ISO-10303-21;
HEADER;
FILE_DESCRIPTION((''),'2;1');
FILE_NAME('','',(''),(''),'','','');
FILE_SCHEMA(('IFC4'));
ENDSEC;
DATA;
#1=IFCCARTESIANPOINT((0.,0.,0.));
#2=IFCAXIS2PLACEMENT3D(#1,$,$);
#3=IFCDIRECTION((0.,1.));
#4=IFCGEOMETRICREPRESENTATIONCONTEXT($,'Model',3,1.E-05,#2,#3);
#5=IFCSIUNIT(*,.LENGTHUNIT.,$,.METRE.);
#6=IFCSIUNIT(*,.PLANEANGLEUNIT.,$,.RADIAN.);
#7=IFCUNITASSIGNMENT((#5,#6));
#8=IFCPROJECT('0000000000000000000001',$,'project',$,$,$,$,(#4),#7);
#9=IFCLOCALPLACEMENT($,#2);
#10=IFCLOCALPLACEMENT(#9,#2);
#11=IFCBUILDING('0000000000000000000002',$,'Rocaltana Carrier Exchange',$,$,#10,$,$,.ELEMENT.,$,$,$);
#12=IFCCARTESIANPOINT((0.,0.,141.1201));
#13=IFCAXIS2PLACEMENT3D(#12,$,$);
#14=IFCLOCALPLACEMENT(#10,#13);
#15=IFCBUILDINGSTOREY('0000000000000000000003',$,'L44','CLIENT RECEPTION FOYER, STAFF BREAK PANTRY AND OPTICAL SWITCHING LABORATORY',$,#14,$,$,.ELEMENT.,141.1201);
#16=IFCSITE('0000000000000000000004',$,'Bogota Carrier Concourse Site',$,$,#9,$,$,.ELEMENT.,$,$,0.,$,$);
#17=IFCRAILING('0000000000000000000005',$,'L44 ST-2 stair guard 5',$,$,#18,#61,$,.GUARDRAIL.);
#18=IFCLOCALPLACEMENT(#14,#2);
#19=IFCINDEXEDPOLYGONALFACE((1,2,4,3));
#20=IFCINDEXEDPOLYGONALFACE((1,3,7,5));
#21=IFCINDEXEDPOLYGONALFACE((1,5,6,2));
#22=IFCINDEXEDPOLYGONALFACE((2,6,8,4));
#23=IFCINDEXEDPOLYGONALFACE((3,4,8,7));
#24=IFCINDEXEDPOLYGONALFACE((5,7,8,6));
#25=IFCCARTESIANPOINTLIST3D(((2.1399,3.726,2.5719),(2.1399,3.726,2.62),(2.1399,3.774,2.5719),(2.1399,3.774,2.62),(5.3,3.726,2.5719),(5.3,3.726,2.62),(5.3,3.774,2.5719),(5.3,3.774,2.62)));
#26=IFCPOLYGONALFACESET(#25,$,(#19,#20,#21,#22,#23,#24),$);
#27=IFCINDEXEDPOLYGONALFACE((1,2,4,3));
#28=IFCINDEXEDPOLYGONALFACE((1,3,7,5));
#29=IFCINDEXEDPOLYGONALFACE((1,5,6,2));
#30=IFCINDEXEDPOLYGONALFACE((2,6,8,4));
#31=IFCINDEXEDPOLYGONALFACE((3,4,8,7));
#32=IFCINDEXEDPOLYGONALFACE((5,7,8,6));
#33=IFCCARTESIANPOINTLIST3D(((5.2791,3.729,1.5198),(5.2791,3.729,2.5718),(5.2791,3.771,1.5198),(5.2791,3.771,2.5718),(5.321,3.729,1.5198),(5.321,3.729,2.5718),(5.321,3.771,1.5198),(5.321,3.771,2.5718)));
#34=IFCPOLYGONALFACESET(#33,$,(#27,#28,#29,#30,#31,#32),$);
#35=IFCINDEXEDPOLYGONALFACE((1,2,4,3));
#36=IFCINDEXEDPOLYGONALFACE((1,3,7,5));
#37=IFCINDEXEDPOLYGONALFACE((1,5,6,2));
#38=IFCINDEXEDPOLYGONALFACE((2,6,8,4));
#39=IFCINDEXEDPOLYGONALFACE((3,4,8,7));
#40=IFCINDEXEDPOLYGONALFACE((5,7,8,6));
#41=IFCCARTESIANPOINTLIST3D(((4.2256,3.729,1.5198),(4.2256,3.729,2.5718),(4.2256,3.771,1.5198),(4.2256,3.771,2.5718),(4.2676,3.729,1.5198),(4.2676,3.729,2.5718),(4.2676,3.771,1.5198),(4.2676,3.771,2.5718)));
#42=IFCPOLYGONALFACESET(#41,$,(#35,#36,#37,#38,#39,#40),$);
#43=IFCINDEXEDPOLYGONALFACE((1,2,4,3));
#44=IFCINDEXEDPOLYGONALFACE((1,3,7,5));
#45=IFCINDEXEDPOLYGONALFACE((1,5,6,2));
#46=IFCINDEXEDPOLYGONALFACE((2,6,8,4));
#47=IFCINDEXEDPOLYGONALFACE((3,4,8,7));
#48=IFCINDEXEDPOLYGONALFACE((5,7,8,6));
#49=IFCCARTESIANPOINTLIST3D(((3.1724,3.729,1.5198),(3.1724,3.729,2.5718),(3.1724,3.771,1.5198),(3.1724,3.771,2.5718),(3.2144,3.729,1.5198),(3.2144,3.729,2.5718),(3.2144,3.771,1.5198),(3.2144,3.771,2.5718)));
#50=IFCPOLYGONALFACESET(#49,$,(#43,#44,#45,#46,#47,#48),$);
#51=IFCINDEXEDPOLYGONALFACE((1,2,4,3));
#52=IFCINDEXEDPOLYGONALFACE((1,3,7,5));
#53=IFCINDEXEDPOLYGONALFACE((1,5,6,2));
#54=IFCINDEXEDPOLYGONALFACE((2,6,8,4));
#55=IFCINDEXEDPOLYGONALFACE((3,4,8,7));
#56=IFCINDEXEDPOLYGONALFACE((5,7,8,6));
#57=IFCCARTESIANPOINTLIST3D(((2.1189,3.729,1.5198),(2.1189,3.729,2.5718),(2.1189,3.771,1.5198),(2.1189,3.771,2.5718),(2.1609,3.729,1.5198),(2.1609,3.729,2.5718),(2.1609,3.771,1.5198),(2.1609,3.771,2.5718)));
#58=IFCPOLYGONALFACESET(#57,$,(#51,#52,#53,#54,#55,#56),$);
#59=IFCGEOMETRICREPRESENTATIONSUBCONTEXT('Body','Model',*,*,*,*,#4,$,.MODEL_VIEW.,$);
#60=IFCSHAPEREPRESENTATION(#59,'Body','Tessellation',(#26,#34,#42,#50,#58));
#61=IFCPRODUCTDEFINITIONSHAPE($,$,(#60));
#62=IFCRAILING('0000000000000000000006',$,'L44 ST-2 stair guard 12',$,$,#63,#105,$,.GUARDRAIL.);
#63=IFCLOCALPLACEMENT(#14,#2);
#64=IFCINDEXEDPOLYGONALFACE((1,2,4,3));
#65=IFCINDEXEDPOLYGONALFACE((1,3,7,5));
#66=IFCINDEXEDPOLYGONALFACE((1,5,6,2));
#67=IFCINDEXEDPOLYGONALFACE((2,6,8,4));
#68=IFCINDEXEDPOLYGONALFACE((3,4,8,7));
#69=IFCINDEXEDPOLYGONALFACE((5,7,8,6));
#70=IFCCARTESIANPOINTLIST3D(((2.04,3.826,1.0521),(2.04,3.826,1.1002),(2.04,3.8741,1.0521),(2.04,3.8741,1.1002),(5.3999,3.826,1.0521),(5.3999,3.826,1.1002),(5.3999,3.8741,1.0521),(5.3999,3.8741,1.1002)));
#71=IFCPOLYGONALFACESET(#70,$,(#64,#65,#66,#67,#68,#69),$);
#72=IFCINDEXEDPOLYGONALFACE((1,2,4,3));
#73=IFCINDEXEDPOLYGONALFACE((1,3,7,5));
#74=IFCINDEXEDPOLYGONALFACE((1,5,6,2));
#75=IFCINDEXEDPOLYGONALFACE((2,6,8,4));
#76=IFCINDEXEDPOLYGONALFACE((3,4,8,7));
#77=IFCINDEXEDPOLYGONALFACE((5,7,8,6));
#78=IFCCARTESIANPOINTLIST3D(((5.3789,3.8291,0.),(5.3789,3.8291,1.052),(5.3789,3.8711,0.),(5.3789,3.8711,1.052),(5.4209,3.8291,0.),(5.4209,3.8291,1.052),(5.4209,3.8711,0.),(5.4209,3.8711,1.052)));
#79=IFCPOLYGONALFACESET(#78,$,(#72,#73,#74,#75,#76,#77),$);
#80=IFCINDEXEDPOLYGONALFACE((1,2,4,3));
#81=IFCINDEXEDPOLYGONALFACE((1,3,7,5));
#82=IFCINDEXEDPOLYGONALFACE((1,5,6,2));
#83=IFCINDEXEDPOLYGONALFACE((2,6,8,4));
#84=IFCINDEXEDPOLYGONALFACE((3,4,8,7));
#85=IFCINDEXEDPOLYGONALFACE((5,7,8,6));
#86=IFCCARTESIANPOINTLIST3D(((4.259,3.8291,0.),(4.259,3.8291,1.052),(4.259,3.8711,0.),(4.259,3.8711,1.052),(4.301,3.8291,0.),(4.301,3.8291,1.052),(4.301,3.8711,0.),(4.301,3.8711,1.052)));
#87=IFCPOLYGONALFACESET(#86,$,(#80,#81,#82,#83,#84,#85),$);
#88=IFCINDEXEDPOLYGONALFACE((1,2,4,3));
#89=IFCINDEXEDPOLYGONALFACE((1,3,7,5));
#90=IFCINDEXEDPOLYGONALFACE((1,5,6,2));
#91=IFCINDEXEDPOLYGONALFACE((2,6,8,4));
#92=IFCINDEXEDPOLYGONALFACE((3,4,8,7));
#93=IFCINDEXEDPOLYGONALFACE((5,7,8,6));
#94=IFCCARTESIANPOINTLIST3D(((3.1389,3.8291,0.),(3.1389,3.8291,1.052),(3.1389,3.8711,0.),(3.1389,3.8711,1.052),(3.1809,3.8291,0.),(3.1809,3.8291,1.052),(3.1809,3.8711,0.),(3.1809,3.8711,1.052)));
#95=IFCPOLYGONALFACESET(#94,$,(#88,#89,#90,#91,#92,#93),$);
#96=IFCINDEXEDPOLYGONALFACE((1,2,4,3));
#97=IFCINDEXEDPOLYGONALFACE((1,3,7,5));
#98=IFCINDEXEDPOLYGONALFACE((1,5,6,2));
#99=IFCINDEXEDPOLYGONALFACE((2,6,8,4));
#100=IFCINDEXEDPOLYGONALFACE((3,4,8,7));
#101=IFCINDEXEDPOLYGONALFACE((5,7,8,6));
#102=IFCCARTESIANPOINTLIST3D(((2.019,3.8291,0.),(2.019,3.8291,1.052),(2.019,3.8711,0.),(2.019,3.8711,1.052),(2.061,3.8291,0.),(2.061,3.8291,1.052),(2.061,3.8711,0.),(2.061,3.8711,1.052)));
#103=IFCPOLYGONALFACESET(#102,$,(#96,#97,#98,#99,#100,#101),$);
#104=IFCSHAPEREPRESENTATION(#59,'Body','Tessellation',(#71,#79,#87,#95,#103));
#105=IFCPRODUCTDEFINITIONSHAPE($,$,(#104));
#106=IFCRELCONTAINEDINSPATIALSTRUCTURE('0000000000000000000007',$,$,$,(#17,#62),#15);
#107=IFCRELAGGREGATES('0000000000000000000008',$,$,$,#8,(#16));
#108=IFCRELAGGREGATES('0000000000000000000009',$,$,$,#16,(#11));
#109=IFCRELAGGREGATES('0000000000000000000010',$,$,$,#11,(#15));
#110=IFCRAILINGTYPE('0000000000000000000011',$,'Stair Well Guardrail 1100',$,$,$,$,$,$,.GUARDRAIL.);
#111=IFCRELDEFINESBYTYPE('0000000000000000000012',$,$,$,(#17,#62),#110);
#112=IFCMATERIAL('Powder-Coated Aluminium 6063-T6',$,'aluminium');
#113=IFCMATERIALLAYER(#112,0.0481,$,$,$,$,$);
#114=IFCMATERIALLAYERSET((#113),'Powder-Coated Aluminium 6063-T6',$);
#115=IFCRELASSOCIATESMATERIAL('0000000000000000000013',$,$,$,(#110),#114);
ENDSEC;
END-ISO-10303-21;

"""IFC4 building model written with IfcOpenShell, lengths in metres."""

from ifc_helpers import new_model, si_unit, direction, frame, origin, origin_2d, place, context, subcontext, project, spatial, rectangle, extrude, material, layer, layer_set, type_object, element, save


model = new_model("IFC4")

# Units and contexts
model_context = context("Model", 3, precision=1e-05, world=origin(), true_north=direction((0.0, 1.0)))
body_context = subcontext(model_context, "Body", "Model", "MODEL_VIEW")
ifc_project = project(units=[si_unit("LENGTHUNIT", "METRE"), si_unit("PLANEANGLEUNIT", "RADIAN")], contexts=[model_context])

# Site, building, storey
site_placement = place(None, origin())
site = spatial("IfcSite", under=ifc_project, at=site_placement, Name="Bogota Carrier Concourse Site", CompositionType="ELEMENT", RefElevation=0.0)
building_placement = place(site_placement, origin())
building = spatial("IfcBuilding", under=site, at=building_placement, Name="Rocaltana Carrier Exchange", CompositionType="ELEMENT")
storey_placement = place(building_placement, frame((0.0, 0.0, 141.1201)))
storey = spatial("IfcBuildingStorey", under=building, at=storey_placement, Name="L44", Description="CLIENT RECEPTION FOYER, STAFF BREAK PANTRY AND OPTICAL SWITCHING LABORATORY", CompositionType="ELEMENT", Elevation=141.1201)

# Railings
ifc_material_1 = material(Name="Powder-Coated Aluminium 6063-T6", Category="aluminium")
ifc_layer_1 = layer(ifc_material_1, 0.0481)
ifc_layer_set_1 = layer_set([ifc_layer_1], Name="Powder-Coated Aluminium 6063-T6")
railing_type = type_object("IfcRailingType", Name="Stair Well Guardrail 1100", PredefinedType="GUARDRAIL", material=ifc_layer_set_1)
railing_1_placement = place(storey_placement, frame((5.3, 3.75, 1.5198)))
element("IfcRailing", 1, at=railing_1_placement, inside=storey, type_object=railing_type, Name="L44 ST-2 stair guard 5", PredefinedType="GUARDRAIL", context=body_context, shape_type="SweptSolid", body=[
    extrude(rectangle(XDim=0.0481, YDim=0.0481, at=origin_2d()), frame((0.0, 0.0, 1.0762), z_axis=(-1.0, 0.0, 0.0), x_axis=(0.0, -1.0, 0.0)), (0.0, 0.0, 1.0), 3.1602),
    extrude(rectangle(XDim=0.042, YDim=0.042, at=origin_2d()), origin(), (0.0, 0.0, 1.0), 1.052),
    extrude(rectangle(XDim=0.042, YDim=0.042, at=origin_2d()), frame((-1.0535, 0.0, 0.0)), (0.0, 0.0, 1.0), 1.052),
    extrude(rectangle(XDim=0.042, YDim=0.042, at=origin_2d()), frame((-2.1067, 0.0, 0.0)), (0.0, 0.0, 1.0), 1.052),
    extrude(rectangle(XDim=0.042, YDim=0.042, at=origin_2d()), frame((-3.1602, 0.0, 0.0)), (0.0, 0.0, 1.0), 1.052),
])
railing_2_placement = place(storey_placement, frame((5.3999, 3.8501, 0.0)))
element("IfcRailing", 2, at=railing_2_placement, inside=storey, type_object=railing_type, Name="L44 ST-2 stair guard 12", PredefinedType="GUARDRAIL", context=body_context, shape_type="SweptSolid", body=[
    extrude(rectangle(XDim=0.0481, YDim=0.0481, at=origin_2d()), frame((0.0, 0.0, 1.0762), z_axis=(-1.0, 0.0, 0.0), x_axis=(0.0, -1.0, 0.0)), (0.0, 0.0, 1.0), 3.3599),
    extrude(rectangle(XDim=0.042, YDim=0.042, at=origin_2d()), origin(), (0.0, 0.0, 1.0), 1.052),
    extrude(rectangle(XDim=0.042, YDim=0.042, at=origin_2d()), frame((-1.1199, 0.0, 0.0)), (0.0, 0.0, 1.0), 1.052),
    extrude(rectangle(XDim=0.042, YDim=0.042, at=origin_2d()), frame((-2.24, 0.0, 0.0)), (0.0, 0.0, 1.0), 1.052),
    extrude(rectangle(XDim=0.042, YDim=0.042, at=origin_2d()), frame((-3.3599, 0.0, 0.0)), (0.0, 0.0, 1.0), 1.052),
])

save(model, "model.ifc")
